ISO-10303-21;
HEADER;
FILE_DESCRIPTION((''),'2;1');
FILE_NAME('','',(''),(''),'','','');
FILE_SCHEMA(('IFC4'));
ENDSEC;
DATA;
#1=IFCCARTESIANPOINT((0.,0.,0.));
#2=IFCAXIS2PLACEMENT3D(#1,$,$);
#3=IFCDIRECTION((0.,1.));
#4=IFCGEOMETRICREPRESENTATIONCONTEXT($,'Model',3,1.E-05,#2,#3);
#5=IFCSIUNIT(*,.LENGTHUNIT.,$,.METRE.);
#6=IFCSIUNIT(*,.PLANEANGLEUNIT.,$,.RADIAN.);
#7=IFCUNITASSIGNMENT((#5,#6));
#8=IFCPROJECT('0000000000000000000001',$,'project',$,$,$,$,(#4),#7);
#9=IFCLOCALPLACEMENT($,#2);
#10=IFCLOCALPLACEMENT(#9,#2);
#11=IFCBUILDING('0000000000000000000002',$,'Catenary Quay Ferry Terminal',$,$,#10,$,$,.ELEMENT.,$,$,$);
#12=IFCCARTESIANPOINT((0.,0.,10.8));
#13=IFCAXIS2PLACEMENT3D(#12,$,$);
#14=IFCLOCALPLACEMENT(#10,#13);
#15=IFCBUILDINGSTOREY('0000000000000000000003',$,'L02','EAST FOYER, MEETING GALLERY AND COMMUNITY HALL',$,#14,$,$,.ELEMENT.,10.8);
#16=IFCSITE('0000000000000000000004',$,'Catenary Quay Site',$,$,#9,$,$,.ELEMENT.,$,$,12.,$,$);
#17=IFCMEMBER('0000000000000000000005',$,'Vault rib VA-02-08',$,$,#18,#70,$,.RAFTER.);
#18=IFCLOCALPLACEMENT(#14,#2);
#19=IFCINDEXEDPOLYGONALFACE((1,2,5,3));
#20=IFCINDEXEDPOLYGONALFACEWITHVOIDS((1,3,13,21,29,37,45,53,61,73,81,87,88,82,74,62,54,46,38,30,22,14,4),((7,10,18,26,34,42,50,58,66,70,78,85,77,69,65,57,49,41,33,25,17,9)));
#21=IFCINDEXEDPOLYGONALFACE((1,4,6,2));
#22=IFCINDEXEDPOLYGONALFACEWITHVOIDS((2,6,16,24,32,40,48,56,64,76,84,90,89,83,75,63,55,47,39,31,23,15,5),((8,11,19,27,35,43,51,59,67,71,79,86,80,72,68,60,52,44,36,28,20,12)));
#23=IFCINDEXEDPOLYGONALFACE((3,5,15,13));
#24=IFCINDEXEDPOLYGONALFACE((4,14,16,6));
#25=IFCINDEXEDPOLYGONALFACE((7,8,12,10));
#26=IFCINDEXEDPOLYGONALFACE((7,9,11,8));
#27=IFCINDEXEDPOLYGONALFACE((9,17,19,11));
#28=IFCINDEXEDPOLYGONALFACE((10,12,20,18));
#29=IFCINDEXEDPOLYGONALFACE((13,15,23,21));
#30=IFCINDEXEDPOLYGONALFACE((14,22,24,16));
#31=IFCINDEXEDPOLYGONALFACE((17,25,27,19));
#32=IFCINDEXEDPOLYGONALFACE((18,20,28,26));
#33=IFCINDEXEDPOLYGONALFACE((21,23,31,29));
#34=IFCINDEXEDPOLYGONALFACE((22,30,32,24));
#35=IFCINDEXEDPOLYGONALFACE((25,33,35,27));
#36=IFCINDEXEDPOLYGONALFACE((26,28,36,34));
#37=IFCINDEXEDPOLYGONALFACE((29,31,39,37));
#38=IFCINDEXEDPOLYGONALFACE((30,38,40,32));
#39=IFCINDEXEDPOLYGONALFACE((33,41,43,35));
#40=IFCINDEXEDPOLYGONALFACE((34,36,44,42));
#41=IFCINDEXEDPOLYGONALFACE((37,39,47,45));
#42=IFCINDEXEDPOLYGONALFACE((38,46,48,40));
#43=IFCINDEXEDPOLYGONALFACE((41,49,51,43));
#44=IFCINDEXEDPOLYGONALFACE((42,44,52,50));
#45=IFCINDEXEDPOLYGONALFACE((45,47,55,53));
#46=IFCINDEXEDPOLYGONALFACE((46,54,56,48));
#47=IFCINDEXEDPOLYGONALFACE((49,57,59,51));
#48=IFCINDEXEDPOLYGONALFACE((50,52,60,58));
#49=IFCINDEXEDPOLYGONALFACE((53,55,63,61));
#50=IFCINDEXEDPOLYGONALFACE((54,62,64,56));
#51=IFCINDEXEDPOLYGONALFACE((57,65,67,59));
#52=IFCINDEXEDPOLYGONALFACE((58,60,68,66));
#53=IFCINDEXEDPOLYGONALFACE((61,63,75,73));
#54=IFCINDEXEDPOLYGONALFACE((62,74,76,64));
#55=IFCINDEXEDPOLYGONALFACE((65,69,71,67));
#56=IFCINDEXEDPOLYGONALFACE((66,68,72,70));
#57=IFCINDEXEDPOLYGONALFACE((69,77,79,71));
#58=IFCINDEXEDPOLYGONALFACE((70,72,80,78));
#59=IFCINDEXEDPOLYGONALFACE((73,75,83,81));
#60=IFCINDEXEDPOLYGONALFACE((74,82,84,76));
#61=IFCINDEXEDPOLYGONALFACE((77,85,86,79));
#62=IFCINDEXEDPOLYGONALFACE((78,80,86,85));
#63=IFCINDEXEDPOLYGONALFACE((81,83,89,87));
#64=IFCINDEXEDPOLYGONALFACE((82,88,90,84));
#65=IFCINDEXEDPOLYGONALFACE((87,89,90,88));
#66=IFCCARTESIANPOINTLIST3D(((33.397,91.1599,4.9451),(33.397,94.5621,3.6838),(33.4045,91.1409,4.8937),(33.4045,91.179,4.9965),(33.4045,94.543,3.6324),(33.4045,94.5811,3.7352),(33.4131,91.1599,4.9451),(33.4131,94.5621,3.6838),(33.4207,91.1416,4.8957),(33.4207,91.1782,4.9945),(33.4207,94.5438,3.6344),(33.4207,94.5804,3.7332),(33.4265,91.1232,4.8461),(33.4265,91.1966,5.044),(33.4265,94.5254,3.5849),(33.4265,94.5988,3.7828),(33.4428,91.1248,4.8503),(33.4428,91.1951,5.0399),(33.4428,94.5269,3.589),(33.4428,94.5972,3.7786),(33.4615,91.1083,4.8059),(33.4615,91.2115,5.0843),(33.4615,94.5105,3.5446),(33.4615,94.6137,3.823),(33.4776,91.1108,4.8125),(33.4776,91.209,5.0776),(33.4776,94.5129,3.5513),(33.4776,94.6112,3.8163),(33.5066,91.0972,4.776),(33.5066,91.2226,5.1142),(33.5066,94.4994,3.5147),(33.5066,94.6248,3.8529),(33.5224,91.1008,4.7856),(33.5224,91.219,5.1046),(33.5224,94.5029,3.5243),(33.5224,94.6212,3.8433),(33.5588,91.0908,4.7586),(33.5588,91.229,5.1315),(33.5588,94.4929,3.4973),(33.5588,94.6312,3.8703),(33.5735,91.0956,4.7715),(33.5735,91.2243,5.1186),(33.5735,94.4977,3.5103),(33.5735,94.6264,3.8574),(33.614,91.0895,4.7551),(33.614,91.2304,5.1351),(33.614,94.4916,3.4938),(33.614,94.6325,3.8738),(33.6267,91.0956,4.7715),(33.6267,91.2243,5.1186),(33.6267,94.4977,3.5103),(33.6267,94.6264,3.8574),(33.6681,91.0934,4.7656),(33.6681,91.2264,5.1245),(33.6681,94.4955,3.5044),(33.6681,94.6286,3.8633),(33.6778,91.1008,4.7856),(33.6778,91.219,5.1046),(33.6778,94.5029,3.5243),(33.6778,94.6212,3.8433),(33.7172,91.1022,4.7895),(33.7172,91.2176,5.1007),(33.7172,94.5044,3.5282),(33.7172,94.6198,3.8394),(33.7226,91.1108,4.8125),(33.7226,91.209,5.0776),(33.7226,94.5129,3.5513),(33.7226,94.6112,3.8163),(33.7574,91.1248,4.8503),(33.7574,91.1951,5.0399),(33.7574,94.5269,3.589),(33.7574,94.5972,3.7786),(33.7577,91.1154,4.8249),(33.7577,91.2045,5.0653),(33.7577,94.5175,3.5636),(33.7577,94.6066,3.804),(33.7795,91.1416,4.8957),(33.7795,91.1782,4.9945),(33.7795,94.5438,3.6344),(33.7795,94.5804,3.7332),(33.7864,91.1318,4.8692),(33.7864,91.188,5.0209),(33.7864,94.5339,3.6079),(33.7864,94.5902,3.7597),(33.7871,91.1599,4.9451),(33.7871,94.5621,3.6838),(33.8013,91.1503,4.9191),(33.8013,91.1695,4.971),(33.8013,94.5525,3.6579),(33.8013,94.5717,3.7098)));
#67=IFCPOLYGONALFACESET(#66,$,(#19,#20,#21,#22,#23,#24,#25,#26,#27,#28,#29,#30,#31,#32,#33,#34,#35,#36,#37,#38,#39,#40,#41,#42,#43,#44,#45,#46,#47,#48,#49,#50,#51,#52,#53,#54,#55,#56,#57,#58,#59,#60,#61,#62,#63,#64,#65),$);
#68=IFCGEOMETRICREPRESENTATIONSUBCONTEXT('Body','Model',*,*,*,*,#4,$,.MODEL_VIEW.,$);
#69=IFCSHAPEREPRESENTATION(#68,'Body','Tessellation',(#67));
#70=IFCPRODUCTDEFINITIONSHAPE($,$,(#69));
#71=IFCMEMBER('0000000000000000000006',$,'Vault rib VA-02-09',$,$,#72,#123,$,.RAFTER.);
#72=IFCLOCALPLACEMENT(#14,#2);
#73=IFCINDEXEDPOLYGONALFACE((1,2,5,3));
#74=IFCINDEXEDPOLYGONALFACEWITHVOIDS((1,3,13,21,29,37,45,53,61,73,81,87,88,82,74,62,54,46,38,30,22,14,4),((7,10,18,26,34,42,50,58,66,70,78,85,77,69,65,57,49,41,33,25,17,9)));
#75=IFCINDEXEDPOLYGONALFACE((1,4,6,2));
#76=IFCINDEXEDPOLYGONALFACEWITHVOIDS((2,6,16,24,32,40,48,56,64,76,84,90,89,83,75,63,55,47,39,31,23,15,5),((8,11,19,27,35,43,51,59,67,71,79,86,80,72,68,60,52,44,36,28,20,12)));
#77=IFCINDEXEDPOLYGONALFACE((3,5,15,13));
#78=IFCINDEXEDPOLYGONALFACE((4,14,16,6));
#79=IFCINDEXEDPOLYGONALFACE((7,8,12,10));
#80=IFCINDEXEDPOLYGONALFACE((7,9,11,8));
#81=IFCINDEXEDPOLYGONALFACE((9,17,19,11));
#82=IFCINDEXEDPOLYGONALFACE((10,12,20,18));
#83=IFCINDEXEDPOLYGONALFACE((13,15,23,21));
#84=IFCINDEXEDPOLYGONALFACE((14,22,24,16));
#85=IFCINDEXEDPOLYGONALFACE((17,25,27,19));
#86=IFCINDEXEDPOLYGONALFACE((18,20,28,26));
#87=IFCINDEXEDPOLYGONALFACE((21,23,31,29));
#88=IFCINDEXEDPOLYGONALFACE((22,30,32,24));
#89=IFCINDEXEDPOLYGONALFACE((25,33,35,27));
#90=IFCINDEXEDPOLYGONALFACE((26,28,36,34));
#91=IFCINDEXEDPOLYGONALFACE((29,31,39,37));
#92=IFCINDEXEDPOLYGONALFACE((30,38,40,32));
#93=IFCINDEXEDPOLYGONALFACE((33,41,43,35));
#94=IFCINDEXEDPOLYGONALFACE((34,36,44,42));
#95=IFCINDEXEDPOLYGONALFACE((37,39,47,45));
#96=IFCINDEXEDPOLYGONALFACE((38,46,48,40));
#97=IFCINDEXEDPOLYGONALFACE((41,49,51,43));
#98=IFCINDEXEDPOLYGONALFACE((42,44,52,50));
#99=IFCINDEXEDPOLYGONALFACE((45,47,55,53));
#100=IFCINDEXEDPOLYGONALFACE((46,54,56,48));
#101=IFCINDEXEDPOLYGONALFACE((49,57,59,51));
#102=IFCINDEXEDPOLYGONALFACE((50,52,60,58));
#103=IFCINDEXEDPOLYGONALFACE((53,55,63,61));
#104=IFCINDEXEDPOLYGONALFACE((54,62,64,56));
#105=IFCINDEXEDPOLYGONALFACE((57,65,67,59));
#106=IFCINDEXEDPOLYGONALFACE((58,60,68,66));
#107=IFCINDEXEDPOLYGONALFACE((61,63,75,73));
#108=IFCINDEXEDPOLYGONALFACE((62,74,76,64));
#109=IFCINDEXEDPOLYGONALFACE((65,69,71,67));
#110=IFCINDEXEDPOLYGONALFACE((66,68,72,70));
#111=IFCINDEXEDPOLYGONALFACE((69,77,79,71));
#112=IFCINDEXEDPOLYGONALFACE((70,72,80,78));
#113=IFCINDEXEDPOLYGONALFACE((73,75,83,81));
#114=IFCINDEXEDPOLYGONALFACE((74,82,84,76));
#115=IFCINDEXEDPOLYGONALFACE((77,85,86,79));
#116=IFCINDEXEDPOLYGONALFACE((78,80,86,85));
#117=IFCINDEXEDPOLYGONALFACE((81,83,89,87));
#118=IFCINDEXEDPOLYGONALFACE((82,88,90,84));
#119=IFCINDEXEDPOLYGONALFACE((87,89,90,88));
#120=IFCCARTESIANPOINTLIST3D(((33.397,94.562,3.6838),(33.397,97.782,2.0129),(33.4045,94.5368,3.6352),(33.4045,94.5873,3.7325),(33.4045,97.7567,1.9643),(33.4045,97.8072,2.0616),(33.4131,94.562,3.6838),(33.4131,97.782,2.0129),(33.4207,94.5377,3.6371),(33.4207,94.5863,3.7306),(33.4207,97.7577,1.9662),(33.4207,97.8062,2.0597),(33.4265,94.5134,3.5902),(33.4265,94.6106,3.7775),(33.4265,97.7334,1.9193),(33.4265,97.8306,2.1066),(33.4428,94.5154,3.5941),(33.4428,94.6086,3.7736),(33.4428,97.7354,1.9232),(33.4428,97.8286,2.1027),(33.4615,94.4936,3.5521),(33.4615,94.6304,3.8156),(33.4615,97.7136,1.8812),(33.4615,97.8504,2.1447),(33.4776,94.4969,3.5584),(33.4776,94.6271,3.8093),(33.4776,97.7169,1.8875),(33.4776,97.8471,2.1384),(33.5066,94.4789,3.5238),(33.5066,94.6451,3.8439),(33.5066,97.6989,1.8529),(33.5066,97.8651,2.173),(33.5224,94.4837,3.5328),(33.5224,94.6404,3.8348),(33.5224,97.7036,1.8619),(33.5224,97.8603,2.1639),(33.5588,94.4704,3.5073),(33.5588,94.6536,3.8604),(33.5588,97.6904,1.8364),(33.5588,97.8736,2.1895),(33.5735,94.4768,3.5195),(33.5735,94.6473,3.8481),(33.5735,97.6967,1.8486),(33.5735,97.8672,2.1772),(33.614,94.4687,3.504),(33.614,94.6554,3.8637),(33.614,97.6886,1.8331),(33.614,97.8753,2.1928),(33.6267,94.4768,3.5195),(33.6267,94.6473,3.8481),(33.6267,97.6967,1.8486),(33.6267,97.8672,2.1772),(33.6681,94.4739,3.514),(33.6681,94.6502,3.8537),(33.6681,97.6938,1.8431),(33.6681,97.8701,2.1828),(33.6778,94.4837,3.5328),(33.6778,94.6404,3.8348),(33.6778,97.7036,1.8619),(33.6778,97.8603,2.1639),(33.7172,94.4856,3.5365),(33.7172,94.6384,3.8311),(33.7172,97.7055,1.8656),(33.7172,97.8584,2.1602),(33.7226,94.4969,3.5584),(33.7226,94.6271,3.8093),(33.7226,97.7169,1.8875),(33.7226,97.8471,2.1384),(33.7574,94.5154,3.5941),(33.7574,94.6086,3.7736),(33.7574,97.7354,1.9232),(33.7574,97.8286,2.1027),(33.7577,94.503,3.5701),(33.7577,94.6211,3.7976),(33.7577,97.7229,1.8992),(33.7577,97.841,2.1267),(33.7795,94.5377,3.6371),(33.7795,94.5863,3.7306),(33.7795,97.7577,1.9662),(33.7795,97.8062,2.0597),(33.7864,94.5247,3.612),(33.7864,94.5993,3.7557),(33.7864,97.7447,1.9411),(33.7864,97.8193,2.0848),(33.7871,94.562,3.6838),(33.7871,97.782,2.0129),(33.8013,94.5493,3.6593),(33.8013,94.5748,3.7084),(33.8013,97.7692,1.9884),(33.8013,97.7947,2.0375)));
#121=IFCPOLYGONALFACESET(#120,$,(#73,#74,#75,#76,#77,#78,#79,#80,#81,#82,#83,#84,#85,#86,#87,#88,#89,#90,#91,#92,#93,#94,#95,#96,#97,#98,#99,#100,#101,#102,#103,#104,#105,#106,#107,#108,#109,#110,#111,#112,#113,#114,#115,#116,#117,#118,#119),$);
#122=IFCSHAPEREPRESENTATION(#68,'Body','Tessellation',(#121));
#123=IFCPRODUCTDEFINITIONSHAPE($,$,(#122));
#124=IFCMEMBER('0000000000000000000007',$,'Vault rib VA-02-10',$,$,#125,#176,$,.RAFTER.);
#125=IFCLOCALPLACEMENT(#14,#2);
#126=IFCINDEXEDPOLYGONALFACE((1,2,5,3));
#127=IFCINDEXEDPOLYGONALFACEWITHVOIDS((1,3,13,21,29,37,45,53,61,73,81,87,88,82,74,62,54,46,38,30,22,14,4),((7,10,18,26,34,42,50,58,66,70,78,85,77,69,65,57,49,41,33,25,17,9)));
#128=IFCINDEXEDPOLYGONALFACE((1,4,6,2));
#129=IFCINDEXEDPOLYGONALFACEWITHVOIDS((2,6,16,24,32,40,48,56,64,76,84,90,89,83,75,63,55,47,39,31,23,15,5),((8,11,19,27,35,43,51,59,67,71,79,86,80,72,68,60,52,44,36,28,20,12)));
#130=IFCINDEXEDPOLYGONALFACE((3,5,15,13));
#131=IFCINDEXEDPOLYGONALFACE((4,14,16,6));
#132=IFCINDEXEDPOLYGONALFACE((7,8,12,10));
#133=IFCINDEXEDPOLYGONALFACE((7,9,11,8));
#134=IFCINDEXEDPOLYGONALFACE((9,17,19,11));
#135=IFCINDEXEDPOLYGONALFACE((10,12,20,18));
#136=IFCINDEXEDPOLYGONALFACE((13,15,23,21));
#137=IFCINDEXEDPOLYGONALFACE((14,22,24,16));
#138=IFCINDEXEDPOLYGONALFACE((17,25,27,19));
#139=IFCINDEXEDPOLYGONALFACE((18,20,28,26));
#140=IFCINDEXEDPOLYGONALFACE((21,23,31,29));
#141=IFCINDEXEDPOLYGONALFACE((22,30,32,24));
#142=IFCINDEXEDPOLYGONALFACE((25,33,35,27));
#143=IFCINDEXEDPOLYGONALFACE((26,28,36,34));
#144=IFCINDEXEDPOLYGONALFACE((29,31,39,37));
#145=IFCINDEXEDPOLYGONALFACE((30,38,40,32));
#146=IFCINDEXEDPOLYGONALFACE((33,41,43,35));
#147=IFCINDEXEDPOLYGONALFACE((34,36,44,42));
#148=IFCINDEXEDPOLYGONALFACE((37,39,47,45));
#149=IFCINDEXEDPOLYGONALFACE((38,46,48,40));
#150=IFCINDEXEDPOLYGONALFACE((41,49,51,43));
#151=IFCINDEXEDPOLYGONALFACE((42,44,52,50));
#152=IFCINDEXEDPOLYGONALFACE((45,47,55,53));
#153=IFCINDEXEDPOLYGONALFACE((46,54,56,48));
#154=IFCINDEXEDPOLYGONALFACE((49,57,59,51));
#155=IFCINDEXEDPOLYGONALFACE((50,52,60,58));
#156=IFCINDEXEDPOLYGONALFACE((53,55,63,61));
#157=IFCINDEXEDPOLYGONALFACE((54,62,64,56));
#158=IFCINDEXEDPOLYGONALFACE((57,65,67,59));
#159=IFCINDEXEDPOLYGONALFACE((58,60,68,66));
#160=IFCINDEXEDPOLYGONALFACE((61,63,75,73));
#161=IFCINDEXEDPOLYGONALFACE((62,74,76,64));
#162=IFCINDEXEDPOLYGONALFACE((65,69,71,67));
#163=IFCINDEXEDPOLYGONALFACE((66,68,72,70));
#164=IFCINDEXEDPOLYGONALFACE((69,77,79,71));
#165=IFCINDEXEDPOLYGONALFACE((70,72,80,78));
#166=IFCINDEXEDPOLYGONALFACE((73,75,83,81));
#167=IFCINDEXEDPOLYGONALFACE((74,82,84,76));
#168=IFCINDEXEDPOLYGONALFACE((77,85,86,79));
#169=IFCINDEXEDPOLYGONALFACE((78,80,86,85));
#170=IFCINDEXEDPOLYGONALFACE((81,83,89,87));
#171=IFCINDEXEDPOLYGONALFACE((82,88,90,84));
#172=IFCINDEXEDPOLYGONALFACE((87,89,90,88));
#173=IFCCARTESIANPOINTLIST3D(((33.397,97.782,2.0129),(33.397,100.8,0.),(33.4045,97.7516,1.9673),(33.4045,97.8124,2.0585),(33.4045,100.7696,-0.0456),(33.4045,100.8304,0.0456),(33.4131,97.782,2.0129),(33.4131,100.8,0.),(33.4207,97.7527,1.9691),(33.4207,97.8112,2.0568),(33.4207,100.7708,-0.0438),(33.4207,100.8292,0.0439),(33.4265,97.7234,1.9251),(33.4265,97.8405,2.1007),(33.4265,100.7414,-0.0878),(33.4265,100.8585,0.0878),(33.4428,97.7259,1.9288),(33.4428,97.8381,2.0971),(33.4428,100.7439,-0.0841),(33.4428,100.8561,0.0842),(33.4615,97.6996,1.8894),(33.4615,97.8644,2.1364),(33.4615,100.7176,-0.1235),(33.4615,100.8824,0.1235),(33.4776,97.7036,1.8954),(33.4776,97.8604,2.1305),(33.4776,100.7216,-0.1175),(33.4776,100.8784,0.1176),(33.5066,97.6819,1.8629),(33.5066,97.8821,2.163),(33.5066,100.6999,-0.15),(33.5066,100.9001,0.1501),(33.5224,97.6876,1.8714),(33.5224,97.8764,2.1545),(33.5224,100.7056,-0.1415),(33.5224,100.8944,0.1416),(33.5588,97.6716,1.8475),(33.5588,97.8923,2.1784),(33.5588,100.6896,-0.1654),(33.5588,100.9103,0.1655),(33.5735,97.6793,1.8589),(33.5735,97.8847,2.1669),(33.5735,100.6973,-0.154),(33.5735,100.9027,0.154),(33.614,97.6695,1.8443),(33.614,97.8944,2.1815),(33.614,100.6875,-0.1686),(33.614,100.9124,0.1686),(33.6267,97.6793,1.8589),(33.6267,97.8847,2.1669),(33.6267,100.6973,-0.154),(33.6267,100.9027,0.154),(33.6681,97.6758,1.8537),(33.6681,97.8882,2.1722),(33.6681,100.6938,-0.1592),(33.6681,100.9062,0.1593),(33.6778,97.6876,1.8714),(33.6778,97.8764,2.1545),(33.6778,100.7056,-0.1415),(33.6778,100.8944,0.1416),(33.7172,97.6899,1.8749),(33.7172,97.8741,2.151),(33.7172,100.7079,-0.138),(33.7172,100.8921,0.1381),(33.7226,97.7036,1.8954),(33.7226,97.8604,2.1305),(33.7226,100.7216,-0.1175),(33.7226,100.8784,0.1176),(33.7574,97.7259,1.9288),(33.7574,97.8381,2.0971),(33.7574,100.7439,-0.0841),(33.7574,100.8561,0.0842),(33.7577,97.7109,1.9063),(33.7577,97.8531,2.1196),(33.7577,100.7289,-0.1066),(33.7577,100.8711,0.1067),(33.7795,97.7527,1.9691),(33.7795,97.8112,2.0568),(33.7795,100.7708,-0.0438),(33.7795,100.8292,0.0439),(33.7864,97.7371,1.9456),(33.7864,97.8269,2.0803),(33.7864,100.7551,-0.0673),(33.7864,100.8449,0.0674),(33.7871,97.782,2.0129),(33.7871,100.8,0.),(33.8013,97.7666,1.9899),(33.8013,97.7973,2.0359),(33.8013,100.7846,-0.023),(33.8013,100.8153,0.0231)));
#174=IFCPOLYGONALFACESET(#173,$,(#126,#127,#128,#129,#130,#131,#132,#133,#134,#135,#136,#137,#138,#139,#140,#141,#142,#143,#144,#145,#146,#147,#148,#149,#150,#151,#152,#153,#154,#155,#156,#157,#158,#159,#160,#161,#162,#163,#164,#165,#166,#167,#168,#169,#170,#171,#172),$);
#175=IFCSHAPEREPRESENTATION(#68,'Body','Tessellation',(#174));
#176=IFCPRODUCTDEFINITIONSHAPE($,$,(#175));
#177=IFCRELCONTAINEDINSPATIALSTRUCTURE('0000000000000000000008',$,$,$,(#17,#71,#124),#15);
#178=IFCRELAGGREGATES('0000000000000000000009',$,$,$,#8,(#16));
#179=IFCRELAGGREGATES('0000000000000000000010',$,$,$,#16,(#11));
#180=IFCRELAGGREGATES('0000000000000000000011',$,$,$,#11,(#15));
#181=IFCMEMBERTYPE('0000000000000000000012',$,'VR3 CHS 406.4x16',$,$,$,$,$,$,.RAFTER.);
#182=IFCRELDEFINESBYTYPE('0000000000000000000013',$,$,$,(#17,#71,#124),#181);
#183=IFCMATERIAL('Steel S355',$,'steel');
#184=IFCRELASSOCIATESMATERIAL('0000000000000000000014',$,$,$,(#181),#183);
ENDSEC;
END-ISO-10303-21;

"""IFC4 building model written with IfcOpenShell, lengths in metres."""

from ifc_helpers import new_model, si_unit, direction, frame, origin, origin_2d, place, context, subcontext, project, spatial, hollow_circle, extrude, material, material_profile, profile_set, type_object, element, save


model = new_model("IFC4")

# Units and contexts
model_context = context("Model", 3, precision=1e-05, world=origin(), true_north=direction((0.0, 1.0)))
body_context = subcontext(model_context, "Body", "Model", "MODEL_VIEW")
ifc_project = project(units=[si_unit("LENGTHUNIT", "METRE"), si_unit("PLANEANGLEUNIT", "RADIAN")], contexts=[model_context])

# Site, building, storey
site_placement = place(None, origin())
site = spatial("IfcSite", under=ifc_project, at=site_placement, Name="Catenary Quay Site", CompositionType="ELEMENT", RefElevation=12.0)
building_placement = place(site_placement, origin())
building = spatial("IfcBuilding", under=site, at=building_placement, Name="Catenary Quay Ferry Terminal", CompositionType="ELEMENT")
storey_placement = place(building_placement, frame((0.0, 0.0, 10.8)))
storey = spatial("IfcBuildingStorey", under=building, at=storey_placement, Name="L02", Description="EAST FOYER, MEETING GALLERY AND COMMUNITY HALL", CompositionType="ELEMENT", Elevation=10.8)

# Members
ifc_material_1 = material(Name="Steel S355", Category="steel")
ifc_material_profile_1 = material_profile(ifc_material_1, hollow_circle(Radius=0.2031, WallThickness=0.0161, at=origin_2d()), Name="CHS 406.4x16")
ifc_profile_set_1 = profile_set([ifc_material_profile_1], Name="Steel S355")
member_type_1 = type_object("IfcMemberType", Name="VR3 CHS 406.4x16", PredefinedType="RAFTER", material=ifc_profile_set_1)
for number, where, z_axis, x_axis, name in (
    (1, (33.6001, 91.1599, 4.9451), (0.0, 0.937642, -0.347604), (-1.0, 0.0, 0.0), "Vault rib VA-02-08"),
):
    element("IfcMember", number, at=place(storey_placement, frame(where, z_axis=z_axis, x_axis=x_axis)), inside=storey, type_object=member_type_1, Name=name, PredefinedType="RAFTER", context=body_context, shape_type="SweptSolid", body=[
        extrude(hollow_circle(Radius=0.2031, WallThickness=0.0161, at=origin_2d()), origin(), (0.0, 0.0, 1.0), 3.6284),
    ])
for number, where, z_axis, x_axis, name in (
    (2, (33.6001, 94.562, 3.6838), (0.0, 0.88761, -0.460596), (-1.0, 0.0, 0.0), "Vault rib VA-02-09"),
    (3, (33.6001, 97.782, 2.0129), (0.0, 0.831936, -0.554871), (-1.0, 0.0, 0.0), "Vault rib VA-02-10"),
):
    element("IfcMember", number, at=place(storey_placement, frame(where, z_axis=z_axis, x_axis=x_axis)), inside=storey, type_object=member_type_1, Name=name, PredefinedType="RAFTER", context=body_context, shape_type="SweptSolid", body=[
        extrude(hollow_circle(Radius=0.2031, WallThickness=0.0161, at=origin_2d()), origin(), (0.0, 0.0, 1.0), 3.6277),
    ])

save(model, "model.ifc")
